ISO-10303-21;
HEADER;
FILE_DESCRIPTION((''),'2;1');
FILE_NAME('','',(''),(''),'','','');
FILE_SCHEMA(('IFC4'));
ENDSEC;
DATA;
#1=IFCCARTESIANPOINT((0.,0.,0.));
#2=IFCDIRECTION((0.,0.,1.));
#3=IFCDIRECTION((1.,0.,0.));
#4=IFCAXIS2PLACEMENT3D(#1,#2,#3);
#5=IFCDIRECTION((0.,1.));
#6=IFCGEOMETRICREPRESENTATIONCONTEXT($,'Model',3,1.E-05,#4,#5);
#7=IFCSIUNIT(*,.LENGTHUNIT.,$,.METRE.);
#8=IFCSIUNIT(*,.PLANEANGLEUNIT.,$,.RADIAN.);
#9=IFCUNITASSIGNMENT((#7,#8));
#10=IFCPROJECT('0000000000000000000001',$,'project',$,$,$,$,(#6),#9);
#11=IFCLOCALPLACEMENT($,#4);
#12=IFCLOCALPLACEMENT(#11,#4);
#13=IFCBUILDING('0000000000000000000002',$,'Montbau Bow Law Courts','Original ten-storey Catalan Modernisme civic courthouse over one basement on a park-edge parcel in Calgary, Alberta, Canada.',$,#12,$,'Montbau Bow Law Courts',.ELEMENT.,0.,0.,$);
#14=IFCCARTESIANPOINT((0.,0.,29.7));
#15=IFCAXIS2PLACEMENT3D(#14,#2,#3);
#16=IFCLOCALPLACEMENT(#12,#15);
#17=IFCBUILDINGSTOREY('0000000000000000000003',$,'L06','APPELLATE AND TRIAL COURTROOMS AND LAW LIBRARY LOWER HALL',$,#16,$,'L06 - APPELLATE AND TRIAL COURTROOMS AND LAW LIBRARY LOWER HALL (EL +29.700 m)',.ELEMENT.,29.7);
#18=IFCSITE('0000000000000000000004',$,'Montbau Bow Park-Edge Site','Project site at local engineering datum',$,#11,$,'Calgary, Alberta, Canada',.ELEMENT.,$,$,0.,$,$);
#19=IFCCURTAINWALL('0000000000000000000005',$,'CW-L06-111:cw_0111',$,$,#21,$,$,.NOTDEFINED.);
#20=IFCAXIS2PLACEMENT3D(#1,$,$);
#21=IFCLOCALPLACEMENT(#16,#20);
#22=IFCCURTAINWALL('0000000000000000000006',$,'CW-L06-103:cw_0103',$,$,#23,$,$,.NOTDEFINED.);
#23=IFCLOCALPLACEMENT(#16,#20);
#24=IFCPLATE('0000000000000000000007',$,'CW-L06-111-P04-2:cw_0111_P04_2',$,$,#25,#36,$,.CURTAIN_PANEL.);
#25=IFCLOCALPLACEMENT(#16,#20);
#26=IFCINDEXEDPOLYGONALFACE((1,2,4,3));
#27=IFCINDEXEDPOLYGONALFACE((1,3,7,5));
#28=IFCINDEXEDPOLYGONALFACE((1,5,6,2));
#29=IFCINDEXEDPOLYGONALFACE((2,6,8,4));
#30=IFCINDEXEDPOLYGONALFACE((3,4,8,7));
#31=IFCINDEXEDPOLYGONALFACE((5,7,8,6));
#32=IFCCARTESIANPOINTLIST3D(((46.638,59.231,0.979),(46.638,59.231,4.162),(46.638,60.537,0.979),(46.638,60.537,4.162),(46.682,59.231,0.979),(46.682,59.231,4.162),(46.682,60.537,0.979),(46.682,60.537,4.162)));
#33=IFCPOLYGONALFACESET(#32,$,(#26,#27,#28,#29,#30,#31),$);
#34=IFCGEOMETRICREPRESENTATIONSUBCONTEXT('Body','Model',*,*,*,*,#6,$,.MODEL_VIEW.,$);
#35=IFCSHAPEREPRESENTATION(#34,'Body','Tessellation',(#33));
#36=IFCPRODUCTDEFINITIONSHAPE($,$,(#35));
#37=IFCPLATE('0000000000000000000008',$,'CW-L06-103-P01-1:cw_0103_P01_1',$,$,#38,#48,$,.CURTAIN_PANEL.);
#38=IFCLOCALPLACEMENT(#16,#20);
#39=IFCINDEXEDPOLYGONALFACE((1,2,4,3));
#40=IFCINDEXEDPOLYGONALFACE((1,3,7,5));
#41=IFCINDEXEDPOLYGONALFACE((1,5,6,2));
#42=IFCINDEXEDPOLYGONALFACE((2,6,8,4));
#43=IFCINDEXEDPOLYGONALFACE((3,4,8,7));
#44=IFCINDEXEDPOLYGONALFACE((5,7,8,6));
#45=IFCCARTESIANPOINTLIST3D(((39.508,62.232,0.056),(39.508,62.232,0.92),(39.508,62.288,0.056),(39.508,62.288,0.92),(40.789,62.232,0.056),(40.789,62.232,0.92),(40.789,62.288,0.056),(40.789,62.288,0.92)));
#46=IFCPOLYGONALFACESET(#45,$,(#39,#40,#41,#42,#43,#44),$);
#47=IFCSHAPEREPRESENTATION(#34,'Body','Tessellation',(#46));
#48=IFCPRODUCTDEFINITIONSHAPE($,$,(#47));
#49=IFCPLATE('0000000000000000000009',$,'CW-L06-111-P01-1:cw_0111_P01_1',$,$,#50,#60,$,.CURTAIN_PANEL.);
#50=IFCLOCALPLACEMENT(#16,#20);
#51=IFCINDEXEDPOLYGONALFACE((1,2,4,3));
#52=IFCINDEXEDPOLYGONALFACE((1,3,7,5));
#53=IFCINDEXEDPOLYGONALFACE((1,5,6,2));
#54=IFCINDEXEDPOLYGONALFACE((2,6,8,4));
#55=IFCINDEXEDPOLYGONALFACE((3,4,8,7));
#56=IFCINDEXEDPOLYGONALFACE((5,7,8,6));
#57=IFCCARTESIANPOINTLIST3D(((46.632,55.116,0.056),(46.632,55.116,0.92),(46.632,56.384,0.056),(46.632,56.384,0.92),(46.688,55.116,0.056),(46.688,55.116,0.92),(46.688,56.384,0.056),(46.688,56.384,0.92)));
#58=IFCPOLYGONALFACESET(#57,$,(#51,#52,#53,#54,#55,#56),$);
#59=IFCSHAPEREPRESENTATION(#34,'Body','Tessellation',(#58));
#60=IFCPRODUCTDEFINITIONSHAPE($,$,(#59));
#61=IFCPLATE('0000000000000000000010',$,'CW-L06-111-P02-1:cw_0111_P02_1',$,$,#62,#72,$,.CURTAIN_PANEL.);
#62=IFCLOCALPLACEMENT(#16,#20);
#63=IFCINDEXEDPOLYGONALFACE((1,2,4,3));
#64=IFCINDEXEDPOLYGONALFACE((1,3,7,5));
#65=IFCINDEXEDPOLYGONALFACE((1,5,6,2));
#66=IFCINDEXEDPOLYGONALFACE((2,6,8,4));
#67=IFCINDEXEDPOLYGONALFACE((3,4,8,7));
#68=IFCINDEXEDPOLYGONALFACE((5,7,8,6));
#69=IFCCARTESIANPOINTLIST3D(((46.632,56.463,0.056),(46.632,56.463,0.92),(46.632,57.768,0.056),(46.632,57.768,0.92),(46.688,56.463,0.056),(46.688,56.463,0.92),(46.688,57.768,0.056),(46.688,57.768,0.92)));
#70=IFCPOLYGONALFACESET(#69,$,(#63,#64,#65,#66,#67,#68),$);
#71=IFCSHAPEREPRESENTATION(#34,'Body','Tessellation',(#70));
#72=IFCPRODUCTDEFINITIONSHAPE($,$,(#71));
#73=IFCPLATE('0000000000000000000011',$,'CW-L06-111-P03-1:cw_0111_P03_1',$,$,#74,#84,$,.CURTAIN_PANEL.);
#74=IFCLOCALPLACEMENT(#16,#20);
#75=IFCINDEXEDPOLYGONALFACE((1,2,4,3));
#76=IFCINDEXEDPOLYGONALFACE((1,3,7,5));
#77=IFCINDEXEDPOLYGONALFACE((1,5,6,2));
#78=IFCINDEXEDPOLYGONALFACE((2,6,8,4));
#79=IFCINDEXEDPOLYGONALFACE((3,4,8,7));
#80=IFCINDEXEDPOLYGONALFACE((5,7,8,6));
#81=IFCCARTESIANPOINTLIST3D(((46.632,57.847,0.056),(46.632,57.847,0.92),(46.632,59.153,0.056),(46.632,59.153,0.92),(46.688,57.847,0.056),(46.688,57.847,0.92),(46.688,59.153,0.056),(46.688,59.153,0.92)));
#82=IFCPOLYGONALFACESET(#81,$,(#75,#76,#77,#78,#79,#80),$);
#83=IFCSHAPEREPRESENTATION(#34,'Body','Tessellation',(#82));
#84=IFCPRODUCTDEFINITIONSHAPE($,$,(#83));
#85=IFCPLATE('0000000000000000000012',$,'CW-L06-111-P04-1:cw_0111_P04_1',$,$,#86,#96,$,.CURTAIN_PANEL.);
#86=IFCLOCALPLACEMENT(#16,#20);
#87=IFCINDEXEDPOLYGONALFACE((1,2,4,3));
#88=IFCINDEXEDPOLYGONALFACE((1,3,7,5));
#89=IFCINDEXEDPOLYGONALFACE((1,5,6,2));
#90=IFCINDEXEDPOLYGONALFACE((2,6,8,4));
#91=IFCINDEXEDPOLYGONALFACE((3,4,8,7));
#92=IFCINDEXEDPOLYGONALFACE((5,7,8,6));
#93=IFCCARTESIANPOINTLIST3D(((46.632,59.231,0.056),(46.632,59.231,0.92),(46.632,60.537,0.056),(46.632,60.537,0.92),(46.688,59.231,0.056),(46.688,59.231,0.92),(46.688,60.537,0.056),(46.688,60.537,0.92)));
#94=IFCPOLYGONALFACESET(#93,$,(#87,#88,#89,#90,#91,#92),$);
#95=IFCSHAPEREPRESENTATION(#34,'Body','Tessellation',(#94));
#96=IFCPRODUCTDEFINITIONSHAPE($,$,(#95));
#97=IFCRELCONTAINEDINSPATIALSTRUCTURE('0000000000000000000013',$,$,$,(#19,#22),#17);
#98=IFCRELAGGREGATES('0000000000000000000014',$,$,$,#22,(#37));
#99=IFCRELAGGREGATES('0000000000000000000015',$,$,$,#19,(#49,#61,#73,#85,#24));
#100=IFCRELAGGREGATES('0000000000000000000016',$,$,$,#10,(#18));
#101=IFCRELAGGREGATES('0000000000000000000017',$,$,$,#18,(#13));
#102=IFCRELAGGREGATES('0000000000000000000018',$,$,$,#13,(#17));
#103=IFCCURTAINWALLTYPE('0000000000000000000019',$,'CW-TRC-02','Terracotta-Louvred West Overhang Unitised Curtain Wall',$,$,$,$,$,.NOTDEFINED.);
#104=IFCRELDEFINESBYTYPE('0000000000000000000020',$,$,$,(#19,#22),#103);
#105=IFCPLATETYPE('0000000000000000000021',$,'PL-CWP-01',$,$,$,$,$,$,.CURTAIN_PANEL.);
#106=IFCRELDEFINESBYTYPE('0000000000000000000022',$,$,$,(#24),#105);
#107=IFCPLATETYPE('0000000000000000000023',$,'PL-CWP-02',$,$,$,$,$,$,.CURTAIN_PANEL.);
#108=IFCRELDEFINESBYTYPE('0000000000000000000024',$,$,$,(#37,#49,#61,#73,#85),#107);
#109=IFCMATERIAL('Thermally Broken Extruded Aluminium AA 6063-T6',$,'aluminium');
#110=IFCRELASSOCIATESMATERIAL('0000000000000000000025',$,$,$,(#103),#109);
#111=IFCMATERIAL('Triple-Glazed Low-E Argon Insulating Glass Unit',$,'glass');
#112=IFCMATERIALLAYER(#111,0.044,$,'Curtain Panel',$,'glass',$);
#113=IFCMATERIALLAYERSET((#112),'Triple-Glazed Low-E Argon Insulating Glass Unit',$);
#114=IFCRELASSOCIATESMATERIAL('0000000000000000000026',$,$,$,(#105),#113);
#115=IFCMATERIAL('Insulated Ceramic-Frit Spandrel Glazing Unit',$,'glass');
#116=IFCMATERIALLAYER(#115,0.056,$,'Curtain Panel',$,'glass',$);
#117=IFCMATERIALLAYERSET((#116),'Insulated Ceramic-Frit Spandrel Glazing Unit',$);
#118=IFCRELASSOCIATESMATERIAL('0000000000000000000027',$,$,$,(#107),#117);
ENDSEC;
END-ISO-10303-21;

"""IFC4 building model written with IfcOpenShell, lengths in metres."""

from ifc_helpers import new_model, si_unit, direction, frame, frame_2d, origin_with_axes, place, context, subcontext, project, spatial, rectangle, extrude, material, layer, layer_set, type_object, element, aggregate, save


model = new_model("IFC4")

# Units and contexts
model_context = context("Model", 3, precision=1e-05, world=origin_with_axes(), true_north=direction((0.0, 1.0)))
body_context = subcontext(model_context, "Body", "Model", "MODEL_VIEW")
ifc_project = project(units=[si_unit("LENGTHUNIT", "METRE"), si_unit("PLANEANGLEUNIT", "RADIAN")], contexts=[model_context])

# Site, building, storey
site_placement = place(None, origin_with_axes())
site = spatial("IfcSite", under=ifc_project, at=site_placement, Name="Montbau Bow Park-Edge Site", Description="Project site at local engineering datum", LongName="Calgary, Alberta, Canada", CompositionType="ELEMENT", RefElevation=0.0)
building_placement = place(site_placement, origin_with_axes())
building = spatial("IfcBuilding", under=site, at=building_placement, Name="Montbau Bow Law Courts", Description="Original ten-storey Catalan Modernisme civic courthouse over one basement on a park-edge parcel in Calgary, Alberta, Canada.", LongName="Montbau Bow Law Courts", CompositionType="ELEMENT", ElevationOfRefHeight=0.0, ElevationOfTerrain=0.0)
storey_placement = place(building_placement, frame((0.0, 0.0, 29.7), z_axis=(0.0, 0.0, 1.0), x_axis=(1.0, 0.0, 0.0)))
storey = spatial("IfcBuildingStorey", under=building, at=storey_placement, Name="L06", Description="APPELLATE AND TRIAL COURTROOMS AND LAW LIBRARY LOWER HALL", LongName="L06 - APPELLATE AND TRIAL COURTROOMS AND LAW LIBRARY LOWER HALL (EL +29.700 m)", CompositionType="ELEMENT", Elevation=29.7)

# Curtain wall
ifc_material_1 = material(Name="Thermally Broken Extruded Aluminium AA 6063-T6", Category="aluminium")
curtain_wall_type = type_object("IfcCurtainWallType", Name="CW-TRC-02", Description="Terracotta-Louvred West Overhang Unitised Curtain Wall", PredefinedType="NOTDEFINED", material=ifc_material_1)
curtain_wall_1_placement = place(None, frame((46.66, 55.04, 29.7), z_axis=(0.0, 0.0, 1.0), x_axis=(1.0, 0.0, 0.0)))
curtain_wall_1 = element("IfcCurtainWall", 1, at=curtain_wall_1_placement, inside=storey, type_object=curtain_wall_type, Name="CW-L06-111:cw_0111", PredefinedType="NOTDEFINED")

# Curtain wall
curtain_wall_2_placement = place(None, frame((39.44, 62.26, 29.7), z_axis=(0.0, 0.0, 1.0), x_axis=(1.0, 0.0, 0.0)))
curtain_wall_2 = element("IfcCurtainWall", 2, at=curtain_wall_2_placement, inside=storey, type_object=curtain_wall_type, Name="CW-L06-103:cw_0103", PredefinedType="NOTDEFINED")
ifc_material_2 = material(Name="Triple-Glazed Low-E Argon Insulating Glass Unit", Category="glass")
ifc_layer_1 = layer(ifc_material_2, 0.044, Name="Curtain Panel", Category="glass")
ifc_layer_set_1 = layer_set([ifc_layer_1], Name="Triple-Glazed Low-E Argon Insulating Glass Unit")
plate_type_1 = type_object("IfcPlateType", Name="PL-CWP-01", PredefinedType="CURTAIN_PANEL", material=ifc_layer_set_1)

# Plates
plate_1_placement = place(None, frame((46.66, 59.231, 30.679), z_axis=(1.0, 0.0, 0.0), x_axis=(0.0, 1.0, 0.0)))
plate_1 = element("IfcPlate", 3, at=plate_1_placement, type_object=plate_type_1, Name="CW-L06-111-P04-2:cw_0111_P04_2", PredefinedType="CURTAIN_PANEL", context=body_context, shape_type="SweptSolid", body=[
    extrude(rectangle(XDim=1.306, YDim=3.183, at=frame_2d((0.653, 1.5915), x_axis=(1.0, 0.0))), frame((0.0, 0.0, -0.022), z_axis=(0.0, 0.0, 1.0), x_axis=(1.0, 0.0, 0.0)), (0.0, 0.0, 1.0), 0.044),
])
ifc_material_3 = material(Name="Insulated Ceramic-Frit Spandrel Glazing Unit", Category="glass")
ifc_layer_2 = layer(ifc_material_3, 0.056, Name="Curtain Panel", Category="glass")
ifc_layer_set_2 = layer_set([ifc_layer_2], Name="Insulated Ceramic-Frit Spandrel Glazing Unit")
plate_type_2 = type_object("IfcPlateType", Name="PL-CWP-02", PredefinedType="CURTAIN_PANEL", material=ifc_layer_set_2)
plate_2_placement = place(None, frame((39.508, 62.26, 29.756), z_axis=(0.0, -1.0, 0.0), x_axis=(1.0, 0.0, 0.0)))
plate_2 = element("IfcPlate", 4, at=plate_2_placement, type_object=plate_type_2, Name="CW-L06-103-P01-1:cw_0103_P01_1", PredefinedType="CURTAIN_PANEL", context=body_context, shape_type="SweptSolid", body=[
    extrude(rectangle(XDim=1.281, YDim=0.864, at=frame_2d((0.6405, 0.432), x_axis=(1.0, 0.0))), frame((0.0, 0.0, -0.028), z_axis=(0.0, 0.0, 1.0), x_axis=(1.0, 0.0, 0.0)), (0.0, 0.0, 1.0), 0.056),
])
aggregate(curtain_wall_2, [plate_2])
plate_3_placement = place(None, frame((46.66, 55.116, 29.756), z_axis=(1.0, 0.0, 0.0), x_axis=(0.0, 1.0, 0.0)))
plate_3 = element("IfcPlate", 5, at=plate_3_placement, type_object=plate_type_2, Name="CW-L06-111-P01-1:cw_0111_P01_1", PredefinedType="CURTAIN_PANEL", context=body_context, shape_type="SweptSolid", body=[
    extrude(rectangle(XDim=1.268, YDim=0.864, at=frame_2d((0.634, 0.432), x_axis=(1.0, 0.0))), frame((0.0, 0.0, -0.028), z_axis=(0.0, 0.0, 1.0), x_axis=(1.0, 0.0, 0.0)), (0.0, 0.0, 1.0), 0.056),
])
plate_4_placement = place(None, frame((46.66, 56.463, 29.756), z_axis=(1.0, 0.0, 0.0), x_axis=(0.0, 1.0, 0.0)))
plate_4 = element("IfcPlate", 6, at=plate_4_placement, type_object=plate_type_2, Name="CW-L06-111-P02-1:cw_0111_P02_1", PredefinedType="CURTAIN_PANEL", context=body_context, shape_type="SweptSolid", body=[
    extrude(rectangle(XDim=1.305, YDim=0.864, at=frame_2d((0.6525, 0.432), x_axis=(1.0, 0.0))), frame((0.0, 0.0, -0.028), z_axis=(0.0, 0.0, 1.0), x_axis=(1.0, 0.0, 0.0)), (0.0, 0.0, 1.0), 0.056),
])
plate_5_placement = place(None, frame((46.66, 57.847, 29.756), z_axis=(1.0, 0.0, 0.0), x_axis=(0.0, 1.0, 0.0)))
plate_5 = element("IfcPlate", 7, at=plate_5_placement, type_object=plate_type_2, Name="CW-L06-111-P03-1:cw_0111_P03_1", PredefinedType="CURTAIN_PANEL", context=body_context, shape_type="SweptSolid", body=[
    extrude(rectangle(XDim=1.306, YDim=0.864, at=frame_2d((0.653, 0.432), x_axis=(1.0, 0.0))), frame((0.0, 0.0, -0.028), z_axis=(0.0, 0.0, 1.0), x_axis=(1.0, 0.0, 0.0)), (0.0, 0.0, 1.0), 0.056),
])
plate_6_placement = place(None, frame((46.66, 59.231, 29.756), z_axis=(1.0, 0.0, 0.0), x_axis=(0.0, 1.0, 0.0)))
plate_6 = element("IfcPlate", 8, at=plate_6_placement, type_object=plate_type_2, Name="CW-L06-111-P04-1:cw_0111_P04_1", PredefinedType="CURTAIN_PANEL", context=body_context, shape_type="SweptSolid", body=[
    extrude(rectangle(XDim=1.306, YDim=0.864, at=frame_2d((0.653, 0.432), x_axis=(1.0, 0.0))), frame((0.0, 0.0, -0.028), z_axis=(0.0, 0.0, 1.0), x_axis=(1.0, 0.0, 0.0)), (0.0, 0.0, 1.0), 0.056),
])
aggregate(curtain_wall_1, [plate_3, plate_4, plate_5, plate_6, plate_1])

save(model, "model.ifc")
